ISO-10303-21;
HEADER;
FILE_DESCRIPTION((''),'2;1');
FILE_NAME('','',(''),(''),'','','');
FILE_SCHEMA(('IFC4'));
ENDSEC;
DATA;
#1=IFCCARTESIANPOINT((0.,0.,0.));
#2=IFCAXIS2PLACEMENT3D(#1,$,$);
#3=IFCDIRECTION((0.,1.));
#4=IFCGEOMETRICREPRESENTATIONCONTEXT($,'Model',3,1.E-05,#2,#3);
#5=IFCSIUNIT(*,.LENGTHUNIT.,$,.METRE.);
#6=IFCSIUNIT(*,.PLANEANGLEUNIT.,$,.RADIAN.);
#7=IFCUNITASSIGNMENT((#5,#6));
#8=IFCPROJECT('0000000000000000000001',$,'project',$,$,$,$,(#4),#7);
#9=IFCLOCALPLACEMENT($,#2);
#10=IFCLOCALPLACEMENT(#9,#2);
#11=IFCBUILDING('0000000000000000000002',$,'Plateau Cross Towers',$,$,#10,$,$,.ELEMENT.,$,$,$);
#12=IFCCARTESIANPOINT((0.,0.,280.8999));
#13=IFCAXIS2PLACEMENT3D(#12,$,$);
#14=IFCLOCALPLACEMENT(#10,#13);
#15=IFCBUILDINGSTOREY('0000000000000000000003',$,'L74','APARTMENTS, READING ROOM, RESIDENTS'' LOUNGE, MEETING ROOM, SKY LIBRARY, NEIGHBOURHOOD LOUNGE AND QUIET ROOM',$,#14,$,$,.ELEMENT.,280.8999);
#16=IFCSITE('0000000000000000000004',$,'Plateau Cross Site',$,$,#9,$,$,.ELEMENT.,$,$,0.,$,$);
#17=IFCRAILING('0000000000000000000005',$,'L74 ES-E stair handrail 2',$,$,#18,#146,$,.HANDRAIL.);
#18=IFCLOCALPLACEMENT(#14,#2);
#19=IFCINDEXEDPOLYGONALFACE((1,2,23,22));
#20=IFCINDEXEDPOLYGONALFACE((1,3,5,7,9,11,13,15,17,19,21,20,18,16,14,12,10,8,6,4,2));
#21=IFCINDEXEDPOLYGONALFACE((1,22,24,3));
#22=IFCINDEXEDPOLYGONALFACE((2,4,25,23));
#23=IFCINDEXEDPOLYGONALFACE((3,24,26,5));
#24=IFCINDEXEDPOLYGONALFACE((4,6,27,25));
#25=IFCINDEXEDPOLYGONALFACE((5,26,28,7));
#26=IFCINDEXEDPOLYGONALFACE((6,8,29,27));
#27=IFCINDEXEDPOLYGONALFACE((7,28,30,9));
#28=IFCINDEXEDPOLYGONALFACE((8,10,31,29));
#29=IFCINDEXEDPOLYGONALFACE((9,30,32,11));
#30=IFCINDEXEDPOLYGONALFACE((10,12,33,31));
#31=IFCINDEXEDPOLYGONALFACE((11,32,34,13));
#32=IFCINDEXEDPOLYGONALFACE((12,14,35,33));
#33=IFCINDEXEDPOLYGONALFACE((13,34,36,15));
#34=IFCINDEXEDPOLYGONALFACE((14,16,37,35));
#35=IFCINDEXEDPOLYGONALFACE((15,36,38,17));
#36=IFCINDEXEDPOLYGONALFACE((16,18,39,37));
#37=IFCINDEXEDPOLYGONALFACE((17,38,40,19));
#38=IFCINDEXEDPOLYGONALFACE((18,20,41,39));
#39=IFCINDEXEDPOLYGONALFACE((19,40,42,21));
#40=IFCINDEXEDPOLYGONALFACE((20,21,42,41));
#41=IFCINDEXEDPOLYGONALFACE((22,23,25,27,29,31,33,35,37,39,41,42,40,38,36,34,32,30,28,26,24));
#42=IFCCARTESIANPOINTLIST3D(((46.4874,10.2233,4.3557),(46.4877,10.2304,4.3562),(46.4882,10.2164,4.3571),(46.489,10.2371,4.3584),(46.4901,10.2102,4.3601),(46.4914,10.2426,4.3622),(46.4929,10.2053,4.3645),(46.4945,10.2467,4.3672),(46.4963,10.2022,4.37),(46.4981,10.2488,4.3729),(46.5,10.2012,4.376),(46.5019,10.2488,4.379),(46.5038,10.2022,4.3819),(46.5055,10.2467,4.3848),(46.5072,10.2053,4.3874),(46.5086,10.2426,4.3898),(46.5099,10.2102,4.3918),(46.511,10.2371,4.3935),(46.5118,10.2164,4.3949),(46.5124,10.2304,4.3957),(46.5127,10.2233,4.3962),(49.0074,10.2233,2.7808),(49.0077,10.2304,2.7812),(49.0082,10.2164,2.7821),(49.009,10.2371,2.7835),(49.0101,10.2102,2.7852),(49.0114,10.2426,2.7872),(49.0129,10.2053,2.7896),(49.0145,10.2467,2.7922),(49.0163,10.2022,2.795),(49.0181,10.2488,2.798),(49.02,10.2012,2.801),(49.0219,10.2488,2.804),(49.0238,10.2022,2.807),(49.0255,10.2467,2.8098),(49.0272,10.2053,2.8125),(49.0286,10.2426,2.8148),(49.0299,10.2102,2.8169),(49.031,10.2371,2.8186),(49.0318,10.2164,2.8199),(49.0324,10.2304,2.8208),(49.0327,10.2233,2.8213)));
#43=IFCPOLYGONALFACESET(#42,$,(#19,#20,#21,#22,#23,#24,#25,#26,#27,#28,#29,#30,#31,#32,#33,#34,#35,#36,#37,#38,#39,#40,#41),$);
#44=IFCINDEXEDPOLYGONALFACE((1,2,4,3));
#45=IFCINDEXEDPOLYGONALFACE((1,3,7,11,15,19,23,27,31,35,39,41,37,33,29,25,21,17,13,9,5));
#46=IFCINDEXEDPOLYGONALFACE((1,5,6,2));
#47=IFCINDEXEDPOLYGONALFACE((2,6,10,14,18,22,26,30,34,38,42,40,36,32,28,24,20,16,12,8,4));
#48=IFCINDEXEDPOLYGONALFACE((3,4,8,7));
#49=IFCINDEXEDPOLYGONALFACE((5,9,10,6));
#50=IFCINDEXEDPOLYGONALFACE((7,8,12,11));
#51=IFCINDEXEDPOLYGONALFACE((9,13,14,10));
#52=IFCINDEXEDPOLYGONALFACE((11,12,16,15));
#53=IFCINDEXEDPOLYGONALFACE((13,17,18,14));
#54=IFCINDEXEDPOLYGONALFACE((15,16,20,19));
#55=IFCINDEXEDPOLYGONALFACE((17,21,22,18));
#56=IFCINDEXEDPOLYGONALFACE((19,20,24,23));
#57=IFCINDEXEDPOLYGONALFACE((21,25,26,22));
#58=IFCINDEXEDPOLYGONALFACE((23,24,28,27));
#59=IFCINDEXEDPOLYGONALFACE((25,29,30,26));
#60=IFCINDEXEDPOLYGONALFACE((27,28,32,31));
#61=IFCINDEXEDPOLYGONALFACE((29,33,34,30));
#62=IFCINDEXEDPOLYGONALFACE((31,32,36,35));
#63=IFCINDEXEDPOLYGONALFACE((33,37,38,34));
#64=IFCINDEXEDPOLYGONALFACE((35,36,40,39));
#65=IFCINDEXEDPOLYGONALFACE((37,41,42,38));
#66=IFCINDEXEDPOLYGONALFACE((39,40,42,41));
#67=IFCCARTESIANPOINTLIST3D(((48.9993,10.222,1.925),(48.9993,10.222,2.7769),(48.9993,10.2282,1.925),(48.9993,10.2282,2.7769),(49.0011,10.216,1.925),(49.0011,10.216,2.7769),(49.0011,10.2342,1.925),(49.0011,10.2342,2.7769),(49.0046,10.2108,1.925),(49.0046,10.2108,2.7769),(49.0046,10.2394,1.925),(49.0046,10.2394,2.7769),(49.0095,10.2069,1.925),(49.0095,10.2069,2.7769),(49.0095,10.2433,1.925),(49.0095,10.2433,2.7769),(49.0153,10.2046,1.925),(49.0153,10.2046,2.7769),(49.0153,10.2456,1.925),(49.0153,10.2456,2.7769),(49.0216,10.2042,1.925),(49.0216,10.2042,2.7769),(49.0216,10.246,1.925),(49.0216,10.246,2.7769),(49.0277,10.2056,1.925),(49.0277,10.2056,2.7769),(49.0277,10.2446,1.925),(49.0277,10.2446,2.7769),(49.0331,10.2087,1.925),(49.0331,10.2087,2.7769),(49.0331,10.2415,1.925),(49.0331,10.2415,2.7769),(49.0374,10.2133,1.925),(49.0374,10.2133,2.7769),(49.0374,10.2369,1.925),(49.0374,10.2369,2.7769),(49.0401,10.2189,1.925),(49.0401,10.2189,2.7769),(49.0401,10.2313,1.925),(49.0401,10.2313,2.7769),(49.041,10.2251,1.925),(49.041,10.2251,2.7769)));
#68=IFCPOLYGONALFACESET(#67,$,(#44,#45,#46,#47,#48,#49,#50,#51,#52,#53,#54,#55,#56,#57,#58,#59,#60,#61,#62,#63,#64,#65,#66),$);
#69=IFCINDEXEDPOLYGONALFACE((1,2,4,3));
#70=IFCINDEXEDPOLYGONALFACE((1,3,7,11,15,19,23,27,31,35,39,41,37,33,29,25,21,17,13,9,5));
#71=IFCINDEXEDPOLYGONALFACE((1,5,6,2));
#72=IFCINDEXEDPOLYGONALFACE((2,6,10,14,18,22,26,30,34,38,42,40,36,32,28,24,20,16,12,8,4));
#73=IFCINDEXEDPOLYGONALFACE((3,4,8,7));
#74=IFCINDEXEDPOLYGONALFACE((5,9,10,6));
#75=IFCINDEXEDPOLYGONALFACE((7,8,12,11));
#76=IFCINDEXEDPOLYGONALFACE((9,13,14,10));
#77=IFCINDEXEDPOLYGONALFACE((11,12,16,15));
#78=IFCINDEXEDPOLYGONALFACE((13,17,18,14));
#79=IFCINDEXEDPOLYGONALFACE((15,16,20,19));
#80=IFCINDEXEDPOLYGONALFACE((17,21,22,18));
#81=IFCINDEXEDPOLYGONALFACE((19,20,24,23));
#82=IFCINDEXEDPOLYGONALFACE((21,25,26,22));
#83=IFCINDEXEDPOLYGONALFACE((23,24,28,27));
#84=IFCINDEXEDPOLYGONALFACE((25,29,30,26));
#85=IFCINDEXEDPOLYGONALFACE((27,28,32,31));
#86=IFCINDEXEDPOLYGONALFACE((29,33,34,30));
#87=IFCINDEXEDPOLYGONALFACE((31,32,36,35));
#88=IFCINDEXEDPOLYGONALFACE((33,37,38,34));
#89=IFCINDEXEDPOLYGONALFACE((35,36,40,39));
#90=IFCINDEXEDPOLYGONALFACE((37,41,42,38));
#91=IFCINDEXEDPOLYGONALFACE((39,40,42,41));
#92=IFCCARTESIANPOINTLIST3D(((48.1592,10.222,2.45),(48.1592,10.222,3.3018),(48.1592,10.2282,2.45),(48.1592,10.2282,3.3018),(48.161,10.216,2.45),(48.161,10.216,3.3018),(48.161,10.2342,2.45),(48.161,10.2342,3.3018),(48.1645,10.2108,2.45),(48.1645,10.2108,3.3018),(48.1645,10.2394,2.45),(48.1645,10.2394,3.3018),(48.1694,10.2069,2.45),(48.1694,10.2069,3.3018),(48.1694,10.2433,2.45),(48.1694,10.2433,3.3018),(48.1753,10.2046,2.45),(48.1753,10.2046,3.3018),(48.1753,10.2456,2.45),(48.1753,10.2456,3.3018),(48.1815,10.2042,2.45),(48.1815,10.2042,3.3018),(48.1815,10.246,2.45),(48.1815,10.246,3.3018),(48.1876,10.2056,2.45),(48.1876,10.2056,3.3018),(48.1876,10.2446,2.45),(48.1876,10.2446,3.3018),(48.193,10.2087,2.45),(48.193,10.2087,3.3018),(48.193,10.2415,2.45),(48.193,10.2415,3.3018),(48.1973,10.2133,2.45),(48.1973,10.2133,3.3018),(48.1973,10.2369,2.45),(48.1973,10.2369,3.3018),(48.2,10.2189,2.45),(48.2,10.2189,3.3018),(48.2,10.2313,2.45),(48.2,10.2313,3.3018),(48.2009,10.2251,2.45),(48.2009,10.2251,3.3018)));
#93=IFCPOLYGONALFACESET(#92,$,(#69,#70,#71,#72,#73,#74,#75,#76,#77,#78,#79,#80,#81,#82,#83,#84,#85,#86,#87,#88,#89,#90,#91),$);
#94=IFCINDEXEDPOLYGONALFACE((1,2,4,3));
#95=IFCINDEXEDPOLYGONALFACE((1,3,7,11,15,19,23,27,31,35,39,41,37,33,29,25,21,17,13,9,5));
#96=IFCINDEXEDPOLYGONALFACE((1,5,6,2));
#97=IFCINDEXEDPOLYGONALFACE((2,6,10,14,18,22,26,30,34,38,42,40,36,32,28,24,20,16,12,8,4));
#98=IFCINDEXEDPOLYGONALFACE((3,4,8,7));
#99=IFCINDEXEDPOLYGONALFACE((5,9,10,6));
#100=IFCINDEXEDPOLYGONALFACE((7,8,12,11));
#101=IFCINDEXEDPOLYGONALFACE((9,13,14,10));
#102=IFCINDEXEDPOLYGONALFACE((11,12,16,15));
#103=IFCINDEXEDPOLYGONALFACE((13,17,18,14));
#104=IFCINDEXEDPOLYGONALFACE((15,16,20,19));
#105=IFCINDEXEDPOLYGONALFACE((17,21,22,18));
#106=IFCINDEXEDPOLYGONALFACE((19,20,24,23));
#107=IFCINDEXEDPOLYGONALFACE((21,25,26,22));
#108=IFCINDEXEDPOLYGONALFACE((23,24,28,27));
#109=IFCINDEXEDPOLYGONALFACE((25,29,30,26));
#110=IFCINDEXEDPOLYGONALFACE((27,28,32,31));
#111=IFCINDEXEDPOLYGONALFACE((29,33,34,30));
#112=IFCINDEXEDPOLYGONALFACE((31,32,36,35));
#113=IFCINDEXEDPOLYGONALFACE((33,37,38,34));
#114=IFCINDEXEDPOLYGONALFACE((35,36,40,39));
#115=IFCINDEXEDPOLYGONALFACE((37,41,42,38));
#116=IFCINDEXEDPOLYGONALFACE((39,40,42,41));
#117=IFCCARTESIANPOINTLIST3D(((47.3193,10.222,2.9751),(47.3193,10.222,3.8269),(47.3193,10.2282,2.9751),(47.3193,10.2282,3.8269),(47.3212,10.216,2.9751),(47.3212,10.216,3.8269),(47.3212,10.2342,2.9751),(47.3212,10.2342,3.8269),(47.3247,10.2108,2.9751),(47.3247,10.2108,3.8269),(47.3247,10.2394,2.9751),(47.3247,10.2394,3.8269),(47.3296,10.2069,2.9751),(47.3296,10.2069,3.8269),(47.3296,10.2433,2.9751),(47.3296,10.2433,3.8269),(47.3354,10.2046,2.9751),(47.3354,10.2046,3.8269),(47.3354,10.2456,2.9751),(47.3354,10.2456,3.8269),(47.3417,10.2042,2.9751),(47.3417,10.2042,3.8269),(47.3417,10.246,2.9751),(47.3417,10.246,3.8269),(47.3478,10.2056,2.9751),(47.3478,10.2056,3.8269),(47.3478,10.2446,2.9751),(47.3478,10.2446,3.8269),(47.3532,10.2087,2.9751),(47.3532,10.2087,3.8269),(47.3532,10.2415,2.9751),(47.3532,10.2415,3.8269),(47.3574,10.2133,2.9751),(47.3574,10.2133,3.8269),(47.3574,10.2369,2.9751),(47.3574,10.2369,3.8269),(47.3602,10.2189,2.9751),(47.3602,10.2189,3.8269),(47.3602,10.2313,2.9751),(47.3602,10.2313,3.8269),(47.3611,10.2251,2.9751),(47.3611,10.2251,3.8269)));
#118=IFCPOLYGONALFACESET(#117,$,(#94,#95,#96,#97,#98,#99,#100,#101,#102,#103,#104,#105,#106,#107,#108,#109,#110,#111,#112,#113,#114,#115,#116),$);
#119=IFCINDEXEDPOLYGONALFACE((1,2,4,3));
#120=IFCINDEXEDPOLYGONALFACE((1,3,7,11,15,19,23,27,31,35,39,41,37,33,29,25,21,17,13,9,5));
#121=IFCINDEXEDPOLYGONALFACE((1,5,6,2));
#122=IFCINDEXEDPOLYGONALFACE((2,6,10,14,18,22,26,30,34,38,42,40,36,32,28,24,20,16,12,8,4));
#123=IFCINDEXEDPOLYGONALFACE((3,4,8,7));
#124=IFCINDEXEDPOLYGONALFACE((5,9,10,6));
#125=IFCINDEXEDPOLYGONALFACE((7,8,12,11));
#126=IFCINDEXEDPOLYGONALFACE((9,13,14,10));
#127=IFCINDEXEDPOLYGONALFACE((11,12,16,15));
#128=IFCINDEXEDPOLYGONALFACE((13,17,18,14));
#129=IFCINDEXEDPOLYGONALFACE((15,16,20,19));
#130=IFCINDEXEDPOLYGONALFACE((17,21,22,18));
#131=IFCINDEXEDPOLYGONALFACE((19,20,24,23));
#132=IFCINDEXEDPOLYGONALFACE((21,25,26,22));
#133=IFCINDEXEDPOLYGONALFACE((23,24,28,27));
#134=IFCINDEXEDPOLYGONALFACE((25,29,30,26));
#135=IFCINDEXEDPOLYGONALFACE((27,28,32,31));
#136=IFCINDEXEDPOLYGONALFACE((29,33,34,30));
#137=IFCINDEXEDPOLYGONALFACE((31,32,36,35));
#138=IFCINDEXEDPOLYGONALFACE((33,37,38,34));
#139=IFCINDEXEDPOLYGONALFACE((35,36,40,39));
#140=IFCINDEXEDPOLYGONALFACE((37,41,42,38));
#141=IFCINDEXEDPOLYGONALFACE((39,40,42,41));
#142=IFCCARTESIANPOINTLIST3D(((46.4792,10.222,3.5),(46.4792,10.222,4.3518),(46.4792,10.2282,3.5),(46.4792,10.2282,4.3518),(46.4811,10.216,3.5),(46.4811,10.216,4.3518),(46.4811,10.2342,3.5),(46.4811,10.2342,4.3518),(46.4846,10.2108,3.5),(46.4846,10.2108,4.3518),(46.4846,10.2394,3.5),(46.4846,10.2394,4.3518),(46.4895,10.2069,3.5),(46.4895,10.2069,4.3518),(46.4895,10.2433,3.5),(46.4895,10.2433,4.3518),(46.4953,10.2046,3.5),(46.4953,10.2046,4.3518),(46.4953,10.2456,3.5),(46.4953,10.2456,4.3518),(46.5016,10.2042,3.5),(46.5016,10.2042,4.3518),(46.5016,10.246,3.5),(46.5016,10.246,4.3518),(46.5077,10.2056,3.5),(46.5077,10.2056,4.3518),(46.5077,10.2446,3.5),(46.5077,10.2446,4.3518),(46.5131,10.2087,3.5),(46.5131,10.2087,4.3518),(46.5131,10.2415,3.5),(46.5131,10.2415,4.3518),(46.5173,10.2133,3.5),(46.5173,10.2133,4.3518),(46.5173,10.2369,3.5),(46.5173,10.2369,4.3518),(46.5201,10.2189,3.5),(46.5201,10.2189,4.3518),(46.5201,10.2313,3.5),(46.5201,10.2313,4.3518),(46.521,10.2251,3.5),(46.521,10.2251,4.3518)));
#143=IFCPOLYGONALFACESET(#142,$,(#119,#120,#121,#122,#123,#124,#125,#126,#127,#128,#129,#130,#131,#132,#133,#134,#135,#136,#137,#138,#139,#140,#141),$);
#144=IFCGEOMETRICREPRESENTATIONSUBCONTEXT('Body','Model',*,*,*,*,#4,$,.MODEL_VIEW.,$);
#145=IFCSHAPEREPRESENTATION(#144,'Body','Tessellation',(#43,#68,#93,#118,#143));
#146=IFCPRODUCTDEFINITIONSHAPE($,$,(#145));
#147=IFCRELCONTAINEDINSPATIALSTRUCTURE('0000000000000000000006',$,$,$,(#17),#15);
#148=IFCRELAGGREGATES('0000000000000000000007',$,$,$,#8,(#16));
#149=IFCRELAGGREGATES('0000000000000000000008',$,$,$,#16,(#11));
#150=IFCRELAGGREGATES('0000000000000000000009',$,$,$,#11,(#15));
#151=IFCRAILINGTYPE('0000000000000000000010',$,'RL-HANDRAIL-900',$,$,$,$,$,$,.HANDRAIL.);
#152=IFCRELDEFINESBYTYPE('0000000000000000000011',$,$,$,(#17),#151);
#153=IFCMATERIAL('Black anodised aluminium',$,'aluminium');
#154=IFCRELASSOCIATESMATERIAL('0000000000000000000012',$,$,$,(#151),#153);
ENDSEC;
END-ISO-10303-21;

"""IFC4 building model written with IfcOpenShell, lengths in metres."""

from ifc_helpers import new_model, si_unit, direction, frame, origin, origin_2d, place, context, subcontext, project, spatial, circle, extrude, material, type_object, element, save


model = new_model("IFC4")

# Units and contexts
model_context = context("Model", 3, precision=1e-05, world=origin(), true_north=direction((0.0, 1.0)))
body_context = subcontext(model_context, "Body", "Model", "MODEL_VIEW")
ifc_project = project(units=[si_unit("LENGTHUNIT", "METRE"), si_unit("PLANEANGLEUNIT", "RADIAN")], contexts=[model_context])

# Site, building, storey
site_placement = place(None, origin())
site = spatial("IfcSite", under=ifc_project, at=site_placement, Name="Plateau Cross Site", CompositionType="ELEMENT", RefElevation=0.0)
building_placement = place(site_placement, origin())
building = spatial("IfcBuilding", under=site, at=building_placement, Name="Plateau Cross Towers", CompositionType="ELEMENT")
storey_placement = place(building_placement, frame((0.0, 0.0, 280.8999)))
storey = spatial("IfcBuildingStorey", under=building, at=storey_placement, Name="L74", Description="APARTMENTS, READING ROOM, RESIDENTS' LOUNGE, MEETING ROOM, SKY LIBRARY, NEIGHBOURHOOD LOUNGE AND QUIET ROOM", CompositionType="ELEMENT", Elevation=280.8999)

# Shared definitions
ifc_material_1 = material(Name="Black anodised aluminium", Category="aluminium")

# Railing
railing_type_1 = type_object("IfcRailingType", Name="RL-HANDRAIL-900", PredefinedType="HANDRAIL", material=ifc_material_1)
railing_1_placement = place(storey_placement, frame((49.02, 10.2251, 1.925)))
element("IfcRailing", 1, at=railing_1_placement, inside=storey, type_object=railing_type_1, Name="L74 ES-E stair handrail 2", PredefinedType="HANDRAIL", context=body_context, shape_type="SweptSolid", body=[
    extrude(circle(Radius=0.0239, at=origin_2d()), frame((0.0, 0.0, 0.876), z_axis=(-0.848008, 0.0, 0.529984), x_axis=(0.0, -1.0, 0.0)), (0.0, 0.0, 1.0), 2.9717),
    extrude(circle(Radius=0.021, at=origin_2d()), origin(), (0.0, 0.0, 1.0), 0.8518),
    extrude(circle(Radius=0.021, at=origin_2d()), frame((-0.8401, 0.0, 0.5249)), (0.0, 0.0, 1.0), 0.8518),
    extrude(circle(Radius=0.021, at=origin_2d()), frame((-1.6799, 0.0, 1.05)), (0.0, 0.0, 1.0), 0.8518),
    extrude(circle(Radius=0.021, at=origin_2d()), frame((-2.52, 0.0, 1.575)), (0.0, 0.0, 1.0), 0.8518),
])

save(model, "model.ifc")
